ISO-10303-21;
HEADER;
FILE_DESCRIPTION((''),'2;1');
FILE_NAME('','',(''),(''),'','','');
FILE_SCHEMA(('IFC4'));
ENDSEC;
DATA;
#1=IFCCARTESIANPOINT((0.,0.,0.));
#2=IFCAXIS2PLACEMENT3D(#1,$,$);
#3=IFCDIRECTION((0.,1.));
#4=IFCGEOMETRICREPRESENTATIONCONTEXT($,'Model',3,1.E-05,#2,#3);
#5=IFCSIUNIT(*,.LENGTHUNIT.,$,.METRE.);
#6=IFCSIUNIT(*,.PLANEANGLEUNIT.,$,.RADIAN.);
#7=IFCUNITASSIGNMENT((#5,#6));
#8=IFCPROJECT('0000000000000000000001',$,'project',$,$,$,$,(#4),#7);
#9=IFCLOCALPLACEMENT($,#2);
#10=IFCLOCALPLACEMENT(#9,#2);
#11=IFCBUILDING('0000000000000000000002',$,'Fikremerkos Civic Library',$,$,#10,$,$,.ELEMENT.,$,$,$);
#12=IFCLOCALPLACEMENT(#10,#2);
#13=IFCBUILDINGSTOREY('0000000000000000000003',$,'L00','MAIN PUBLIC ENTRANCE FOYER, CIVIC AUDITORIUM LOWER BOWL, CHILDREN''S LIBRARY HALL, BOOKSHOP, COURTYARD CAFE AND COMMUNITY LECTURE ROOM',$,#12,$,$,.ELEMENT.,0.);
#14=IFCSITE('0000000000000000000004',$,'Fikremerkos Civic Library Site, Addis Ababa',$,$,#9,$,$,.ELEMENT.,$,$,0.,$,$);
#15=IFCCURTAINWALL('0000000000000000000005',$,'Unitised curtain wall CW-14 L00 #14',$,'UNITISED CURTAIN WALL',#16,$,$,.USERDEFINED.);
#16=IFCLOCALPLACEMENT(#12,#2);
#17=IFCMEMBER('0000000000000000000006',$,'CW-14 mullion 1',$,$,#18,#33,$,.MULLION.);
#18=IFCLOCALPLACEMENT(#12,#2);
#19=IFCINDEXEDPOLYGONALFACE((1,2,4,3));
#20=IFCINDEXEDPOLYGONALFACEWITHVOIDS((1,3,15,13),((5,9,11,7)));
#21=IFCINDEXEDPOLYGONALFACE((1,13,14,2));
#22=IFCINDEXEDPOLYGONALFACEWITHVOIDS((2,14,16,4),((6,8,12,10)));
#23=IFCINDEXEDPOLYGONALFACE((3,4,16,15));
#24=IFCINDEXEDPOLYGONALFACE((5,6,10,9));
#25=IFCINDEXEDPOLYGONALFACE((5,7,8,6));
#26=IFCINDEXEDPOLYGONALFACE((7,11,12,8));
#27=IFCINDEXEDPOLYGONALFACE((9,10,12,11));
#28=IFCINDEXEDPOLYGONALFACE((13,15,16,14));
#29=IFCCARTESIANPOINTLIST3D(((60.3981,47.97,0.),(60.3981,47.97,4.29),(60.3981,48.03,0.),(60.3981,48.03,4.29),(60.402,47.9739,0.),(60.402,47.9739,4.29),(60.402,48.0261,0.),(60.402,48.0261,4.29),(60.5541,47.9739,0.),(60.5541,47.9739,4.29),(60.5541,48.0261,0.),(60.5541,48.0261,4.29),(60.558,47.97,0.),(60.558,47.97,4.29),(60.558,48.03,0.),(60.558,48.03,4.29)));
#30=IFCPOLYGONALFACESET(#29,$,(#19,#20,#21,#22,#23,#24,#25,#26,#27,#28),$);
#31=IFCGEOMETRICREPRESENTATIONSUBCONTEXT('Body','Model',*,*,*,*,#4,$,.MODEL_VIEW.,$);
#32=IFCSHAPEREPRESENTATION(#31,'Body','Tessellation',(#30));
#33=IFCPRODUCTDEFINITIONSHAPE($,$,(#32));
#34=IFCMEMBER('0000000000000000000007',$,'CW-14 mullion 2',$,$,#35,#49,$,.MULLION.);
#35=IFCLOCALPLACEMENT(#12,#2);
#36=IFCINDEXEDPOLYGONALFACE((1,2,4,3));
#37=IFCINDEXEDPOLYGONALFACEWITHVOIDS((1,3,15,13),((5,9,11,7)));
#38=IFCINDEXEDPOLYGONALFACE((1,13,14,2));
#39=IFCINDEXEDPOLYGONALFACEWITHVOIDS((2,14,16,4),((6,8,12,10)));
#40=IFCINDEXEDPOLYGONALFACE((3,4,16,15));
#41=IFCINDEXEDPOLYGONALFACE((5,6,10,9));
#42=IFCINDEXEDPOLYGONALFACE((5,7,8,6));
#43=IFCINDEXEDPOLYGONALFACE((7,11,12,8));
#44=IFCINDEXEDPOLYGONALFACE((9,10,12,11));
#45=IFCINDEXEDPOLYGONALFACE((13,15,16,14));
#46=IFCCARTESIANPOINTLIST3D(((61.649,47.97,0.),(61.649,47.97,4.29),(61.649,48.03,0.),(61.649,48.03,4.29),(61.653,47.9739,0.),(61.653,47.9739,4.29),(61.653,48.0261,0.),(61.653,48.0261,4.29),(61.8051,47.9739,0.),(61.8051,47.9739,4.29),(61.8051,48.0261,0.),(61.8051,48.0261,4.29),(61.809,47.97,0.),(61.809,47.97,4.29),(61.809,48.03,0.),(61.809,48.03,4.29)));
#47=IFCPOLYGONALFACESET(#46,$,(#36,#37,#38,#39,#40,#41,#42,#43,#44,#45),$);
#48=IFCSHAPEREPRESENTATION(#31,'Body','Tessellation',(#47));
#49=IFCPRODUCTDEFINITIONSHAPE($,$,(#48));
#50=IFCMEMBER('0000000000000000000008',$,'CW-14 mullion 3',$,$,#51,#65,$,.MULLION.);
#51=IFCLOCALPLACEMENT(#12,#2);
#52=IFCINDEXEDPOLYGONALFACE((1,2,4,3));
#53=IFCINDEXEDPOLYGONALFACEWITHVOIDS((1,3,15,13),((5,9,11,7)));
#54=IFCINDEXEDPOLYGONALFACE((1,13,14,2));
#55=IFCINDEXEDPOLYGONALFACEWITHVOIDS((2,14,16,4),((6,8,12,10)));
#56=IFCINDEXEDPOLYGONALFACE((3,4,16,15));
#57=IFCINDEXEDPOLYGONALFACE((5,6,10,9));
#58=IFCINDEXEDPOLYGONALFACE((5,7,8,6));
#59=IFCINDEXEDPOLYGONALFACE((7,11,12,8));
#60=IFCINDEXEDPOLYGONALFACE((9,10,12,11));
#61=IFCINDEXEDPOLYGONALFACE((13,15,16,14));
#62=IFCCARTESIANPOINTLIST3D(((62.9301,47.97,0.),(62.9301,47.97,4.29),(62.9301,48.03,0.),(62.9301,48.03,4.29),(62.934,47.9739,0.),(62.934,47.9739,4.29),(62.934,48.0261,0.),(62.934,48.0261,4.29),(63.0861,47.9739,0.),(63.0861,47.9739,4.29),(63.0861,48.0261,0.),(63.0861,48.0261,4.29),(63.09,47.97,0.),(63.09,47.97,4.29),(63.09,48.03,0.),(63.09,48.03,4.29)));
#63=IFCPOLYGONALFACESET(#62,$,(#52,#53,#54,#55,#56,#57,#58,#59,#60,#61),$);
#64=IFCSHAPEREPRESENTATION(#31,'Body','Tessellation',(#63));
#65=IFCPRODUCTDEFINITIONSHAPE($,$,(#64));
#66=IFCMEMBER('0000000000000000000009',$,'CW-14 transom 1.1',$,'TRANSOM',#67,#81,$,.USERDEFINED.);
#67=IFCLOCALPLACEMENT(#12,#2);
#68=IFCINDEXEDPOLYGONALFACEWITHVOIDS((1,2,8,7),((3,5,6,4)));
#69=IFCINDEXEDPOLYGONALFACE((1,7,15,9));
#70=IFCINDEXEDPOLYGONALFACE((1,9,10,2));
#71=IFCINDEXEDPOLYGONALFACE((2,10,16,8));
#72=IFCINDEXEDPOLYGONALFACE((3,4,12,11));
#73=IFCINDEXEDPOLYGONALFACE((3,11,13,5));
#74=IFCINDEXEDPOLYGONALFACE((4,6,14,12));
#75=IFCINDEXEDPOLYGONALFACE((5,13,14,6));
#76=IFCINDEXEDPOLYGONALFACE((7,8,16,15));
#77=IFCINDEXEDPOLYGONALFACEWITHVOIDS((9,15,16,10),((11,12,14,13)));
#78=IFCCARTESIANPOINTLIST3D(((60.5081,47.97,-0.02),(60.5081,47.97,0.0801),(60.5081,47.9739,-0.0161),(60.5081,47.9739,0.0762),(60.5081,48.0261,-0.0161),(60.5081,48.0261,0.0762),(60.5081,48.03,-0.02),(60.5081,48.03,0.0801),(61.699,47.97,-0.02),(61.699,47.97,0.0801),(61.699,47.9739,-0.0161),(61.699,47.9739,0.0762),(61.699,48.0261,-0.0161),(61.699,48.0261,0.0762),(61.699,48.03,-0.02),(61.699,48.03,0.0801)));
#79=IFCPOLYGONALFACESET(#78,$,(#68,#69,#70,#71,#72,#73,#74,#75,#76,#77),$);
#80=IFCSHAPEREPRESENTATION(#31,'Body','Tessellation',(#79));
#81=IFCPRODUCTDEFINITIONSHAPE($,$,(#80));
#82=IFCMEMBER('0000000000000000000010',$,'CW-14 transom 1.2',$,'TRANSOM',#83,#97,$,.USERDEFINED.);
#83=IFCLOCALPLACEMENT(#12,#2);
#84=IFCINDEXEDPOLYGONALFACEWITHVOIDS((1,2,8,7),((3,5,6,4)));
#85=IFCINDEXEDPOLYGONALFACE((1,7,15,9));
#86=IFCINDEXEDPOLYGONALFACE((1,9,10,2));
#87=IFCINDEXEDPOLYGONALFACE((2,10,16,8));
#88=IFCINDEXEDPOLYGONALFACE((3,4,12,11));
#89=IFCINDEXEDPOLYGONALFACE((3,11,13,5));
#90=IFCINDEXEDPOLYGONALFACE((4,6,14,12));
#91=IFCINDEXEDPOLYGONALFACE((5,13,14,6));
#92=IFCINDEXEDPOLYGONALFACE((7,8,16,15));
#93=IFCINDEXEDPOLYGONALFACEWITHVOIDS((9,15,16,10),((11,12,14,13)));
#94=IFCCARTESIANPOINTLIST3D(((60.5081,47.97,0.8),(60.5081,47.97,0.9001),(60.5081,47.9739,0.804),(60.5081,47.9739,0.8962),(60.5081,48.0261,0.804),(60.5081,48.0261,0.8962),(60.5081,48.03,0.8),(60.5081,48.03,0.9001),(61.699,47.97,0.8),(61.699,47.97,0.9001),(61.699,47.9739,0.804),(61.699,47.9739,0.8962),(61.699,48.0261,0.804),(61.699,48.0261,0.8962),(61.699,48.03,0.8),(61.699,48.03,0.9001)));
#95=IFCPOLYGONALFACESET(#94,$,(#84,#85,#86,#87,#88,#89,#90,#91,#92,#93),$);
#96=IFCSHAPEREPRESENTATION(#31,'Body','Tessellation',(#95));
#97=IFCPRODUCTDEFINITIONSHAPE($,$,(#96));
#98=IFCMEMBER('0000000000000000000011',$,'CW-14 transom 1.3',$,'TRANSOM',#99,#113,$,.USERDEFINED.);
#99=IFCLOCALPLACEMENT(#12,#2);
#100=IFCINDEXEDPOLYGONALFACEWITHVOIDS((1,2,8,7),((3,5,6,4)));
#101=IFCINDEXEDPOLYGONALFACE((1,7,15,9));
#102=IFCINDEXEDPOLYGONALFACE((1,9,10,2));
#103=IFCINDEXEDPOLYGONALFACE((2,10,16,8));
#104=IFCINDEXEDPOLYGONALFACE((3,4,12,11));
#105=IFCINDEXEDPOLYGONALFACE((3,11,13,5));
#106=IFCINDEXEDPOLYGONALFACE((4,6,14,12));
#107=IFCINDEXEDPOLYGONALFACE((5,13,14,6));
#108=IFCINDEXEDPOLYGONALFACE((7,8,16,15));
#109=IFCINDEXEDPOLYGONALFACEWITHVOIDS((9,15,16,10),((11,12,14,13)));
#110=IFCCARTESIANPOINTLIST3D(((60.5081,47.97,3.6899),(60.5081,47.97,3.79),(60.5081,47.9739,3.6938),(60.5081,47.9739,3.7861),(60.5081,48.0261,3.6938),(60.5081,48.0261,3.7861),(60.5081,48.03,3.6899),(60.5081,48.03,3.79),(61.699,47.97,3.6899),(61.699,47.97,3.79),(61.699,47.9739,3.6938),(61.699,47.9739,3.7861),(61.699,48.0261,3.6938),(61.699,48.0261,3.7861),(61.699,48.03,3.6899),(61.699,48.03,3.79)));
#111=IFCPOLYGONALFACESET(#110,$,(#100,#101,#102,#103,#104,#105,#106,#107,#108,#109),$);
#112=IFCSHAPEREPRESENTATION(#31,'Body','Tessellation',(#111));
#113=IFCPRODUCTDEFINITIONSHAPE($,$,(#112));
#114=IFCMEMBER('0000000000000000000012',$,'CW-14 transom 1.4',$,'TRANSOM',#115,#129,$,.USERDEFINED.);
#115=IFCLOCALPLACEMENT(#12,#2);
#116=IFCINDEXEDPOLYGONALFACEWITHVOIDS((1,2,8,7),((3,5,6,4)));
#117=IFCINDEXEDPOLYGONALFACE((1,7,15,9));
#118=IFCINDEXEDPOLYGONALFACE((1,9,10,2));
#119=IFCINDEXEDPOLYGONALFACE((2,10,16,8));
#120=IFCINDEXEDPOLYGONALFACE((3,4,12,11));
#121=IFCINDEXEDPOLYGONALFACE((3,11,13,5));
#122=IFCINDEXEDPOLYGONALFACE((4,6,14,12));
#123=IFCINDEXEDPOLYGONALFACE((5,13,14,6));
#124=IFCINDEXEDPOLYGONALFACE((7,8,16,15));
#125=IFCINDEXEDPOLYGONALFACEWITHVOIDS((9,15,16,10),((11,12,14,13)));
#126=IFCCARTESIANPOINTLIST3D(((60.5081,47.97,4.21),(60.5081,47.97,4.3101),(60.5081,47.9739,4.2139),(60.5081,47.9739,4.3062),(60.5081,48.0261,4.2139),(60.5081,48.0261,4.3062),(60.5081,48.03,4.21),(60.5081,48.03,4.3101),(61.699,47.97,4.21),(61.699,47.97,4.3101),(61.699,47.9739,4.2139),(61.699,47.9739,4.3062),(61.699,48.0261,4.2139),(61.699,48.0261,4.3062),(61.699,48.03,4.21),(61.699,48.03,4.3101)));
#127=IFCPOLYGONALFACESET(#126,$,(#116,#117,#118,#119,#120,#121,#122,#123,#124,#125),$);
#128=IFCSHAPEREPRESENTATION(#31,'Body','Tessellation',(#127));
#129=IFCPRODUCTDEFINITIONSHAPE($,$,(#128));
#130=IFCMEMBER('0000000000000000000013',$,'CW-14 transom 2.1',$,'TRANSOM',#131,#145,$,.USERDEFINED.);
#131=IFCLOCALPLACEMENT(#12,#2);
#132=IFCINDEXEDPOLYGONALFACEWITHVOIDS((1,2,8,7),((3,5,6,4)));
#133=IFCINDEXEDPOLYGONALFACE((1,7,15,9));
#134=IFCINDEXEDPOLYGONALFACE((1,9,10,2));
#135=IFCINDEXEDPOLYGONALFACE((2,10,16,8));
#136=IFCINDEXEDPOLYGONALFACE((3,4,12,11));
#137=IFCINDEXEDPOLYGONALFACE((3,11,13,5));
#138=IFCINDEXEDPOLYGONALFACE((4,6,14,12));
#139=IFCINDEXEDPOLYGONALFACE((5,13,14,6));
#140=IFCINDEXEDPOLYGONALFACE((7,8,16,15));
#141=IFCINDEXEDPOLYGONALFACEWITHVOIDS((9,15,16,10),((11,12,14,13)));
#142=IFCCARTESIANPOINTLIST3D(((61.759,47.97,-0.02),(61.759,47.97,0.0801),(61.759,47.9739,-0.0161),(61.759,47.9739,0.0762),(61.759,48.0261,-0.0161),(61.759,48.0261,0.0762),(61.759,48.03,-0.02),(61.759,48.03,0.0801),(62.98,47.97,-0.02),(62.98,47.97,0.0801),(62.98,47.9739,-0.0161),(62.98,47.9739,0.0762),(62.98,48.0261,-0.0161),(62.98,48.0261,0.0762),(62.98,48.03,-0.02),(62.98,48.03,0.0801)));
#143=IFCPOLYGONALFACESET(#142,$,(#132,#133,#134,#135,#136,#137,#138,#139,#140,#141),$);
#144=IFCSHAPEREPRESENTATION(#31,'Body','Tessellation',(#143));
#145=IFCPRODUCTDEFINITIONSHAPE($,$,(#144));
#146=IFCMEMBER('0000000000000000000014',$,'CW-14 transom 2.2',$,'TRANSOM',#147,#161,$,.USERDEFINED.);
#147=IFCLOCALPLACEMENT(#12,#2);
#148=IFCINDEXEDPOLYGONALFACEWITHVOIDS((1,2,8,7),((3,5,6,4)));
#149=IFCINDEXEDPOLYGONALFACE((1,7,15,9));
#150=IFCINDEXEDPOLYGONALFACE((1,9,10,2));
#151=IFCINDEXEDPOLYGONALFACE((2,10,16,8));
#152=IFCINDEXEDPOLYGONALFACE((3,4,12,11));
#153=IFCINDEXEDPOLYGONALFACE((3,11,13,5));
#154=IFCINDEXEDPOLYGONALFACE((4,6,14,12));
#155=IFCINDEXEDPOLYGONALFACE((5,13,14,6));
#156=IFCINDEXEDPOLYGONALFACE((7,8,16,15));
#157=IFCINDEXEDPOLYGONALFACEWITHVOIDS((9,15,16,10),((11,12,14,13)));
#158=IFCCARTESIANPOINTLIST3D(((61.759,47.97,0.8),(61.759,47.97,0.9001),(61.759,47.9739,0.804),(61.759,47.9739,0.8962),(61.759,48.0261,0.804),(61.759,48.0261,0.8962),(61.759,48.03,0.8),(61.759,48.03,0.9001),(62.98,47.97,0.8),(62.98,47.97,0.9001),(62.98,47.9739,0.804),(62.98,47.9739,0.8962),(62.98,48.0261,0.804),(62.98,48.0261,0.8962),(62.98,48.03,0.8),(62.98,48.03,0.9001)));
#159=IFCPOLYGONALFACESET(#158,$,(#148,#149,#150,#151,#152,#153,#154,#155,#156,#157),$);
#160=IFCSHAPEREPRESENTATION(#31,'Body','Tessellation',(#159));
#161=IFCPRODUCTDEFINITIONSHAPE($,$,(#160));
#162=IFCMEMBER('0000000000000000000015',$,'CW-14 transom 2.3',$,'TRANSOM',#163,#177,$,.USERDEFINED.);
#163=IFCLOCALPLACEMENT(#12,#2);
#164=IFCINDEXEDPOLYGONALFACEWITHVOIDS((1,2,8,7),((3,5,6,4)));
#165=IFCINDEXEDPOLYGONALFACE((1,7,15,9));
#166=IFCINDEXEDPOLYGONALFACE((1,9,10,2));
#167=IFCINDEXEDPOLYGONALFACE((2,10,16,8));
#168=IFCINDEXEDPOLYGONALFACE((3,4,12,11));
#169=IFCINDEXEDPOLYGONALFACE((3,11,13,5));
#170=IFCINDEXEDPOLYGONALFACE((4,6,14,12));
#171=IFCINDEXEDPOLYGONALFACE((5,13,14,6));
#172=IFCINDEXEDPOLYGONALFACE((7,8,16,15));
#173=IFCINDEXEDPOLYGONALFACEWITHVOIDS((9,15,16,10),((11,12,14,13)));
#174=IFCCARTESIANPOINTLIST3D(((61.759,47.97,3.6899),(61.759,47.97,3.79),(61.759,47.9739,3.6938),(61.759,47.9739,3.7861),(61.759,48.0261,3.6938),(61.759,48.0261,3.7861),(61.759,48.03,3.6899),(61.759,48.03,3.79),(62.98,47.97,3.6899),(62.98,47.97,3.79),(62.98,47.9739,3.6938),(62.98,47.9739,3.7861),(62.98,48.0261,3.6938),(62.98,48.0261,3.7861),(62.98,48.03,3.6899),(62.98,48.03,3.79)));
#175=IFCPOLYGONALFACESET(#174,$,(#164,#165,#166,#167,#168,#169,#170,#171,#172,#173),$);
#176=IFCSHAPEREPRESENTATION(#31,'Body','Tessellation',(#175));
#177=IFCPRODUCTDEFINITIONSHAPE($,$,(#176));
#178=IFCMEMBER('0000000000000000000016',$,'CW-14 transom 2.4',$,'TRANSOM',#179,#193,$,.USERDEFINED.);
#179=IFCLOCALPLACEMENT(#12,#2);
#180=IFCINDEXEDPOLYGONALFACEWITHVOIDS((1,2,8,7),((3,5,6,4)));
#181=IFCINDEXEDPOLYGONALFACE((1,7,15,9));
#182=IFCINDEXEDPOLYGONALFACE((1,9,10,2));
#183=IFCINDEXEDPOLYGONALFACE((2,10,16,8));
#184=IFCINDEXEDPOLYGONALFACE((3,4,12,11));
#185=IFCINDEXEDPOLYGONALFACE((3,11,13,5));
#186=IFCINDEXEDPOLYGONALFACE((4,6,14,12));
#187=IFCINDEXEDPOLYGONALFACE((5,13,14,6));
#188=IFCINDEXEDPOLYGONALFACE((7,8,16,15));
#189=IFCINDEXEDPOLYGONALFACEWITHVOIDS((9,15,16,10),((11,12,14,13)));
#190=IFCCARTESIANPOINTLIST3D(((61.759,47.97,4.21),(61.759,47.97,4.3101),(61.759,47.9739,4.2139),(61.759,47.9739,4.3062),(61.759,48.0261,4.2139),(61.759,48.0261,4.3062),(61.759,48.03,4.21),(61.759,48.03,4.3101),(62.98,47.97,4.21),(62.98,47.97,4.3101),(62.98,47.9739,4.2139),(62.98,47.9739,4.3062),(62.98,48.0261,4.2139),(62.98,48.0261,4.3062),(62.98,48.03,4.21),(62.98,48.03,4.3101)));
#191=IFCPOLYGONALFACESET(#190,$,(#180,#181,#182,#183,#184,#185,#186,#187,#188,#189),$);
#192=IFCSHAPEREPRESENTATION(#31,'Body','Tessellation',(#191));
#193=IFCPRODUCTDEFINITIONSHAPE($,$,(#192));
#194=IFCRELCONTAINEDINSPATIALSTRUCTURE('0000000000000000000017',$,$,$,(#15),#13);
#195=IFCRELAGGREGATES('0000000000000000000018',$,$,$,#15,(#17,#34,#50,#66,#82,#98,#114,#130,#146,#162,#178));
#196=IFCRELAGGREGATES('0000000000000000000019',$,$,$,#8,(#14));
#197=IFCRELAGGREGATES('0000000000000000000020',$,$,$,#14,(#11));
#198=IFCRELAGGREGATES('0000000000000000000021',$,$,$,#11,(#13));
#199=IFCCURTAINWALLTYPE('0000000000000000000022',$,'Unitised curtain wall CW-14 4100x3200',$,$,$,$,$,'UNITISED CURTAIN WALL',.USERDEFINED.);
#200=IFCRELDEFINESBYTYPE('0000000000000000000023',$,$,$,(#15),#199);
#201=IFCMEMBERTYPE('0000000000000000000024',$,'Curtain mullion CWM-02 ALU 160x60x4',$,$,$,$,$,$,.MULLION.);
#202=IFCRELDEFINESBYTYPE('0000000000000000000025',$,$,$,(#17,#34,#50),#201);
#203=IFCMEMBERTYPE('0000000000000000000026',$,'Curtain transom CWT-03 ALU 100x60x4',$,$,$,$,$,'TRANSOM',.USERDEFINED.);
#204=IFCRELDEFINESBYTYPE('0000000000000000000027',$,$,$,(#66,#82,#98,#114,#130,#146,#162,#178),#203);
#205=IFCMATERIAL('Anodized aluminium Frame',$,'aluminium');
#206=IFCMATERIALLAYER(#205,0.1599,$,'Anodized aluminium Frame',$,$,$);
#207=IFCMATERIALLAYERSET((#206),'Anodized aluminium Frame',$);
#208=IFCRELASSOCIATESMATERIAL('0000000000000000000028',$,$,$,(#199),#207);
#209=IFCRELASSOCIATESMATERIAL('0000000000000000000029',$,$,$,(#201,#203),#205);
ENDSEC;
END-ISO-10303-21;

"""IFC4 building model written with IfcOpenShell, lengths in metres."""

from ifc_helpers import new_model, si_unit, direction, frame, origin, origin_2d, place, context, subcontext, project, spatial, hollow_rectangle, extrude, material, layer, layer_set, material_profile, profile_set, type_object, element, aggregate, save


model = new_model("IFC4")

# Units and contexts
model_context = context("Model", 3, precision=1e-05, world=origin(), true_north=direction((0.0, 1.0)))
body_context = subcontext(model_context, "Body", "Model", "MODEL_VIEW")
ifc_project = project(units=[si_unit("LENGTHUNIT", "METRE"), si_unit("PLANEANGLEUNIT", "RADIAN")], contexts=[model_context])

# Site, building, storey
site_placement = place(None, origin())
site = spatial("IfcSite", under=ifc_project, at=site_placement, Name="Fikremerkos Civic Library Site, Addis Ababa", CompositionType="ELEMENT", RefElevation=0.0)
building_placement = place(site_placement, origin())
building = spatial("IfcBuilding", under=site, at=building_placement, Name="Fikremerkos Civic Library", CompositionType="ELEMENT")
storey_placement = place(building_placement, origin())
storey = spatial("IfcBuildingStorey", under=building, at=storey_placement, Name="L00", Description="MAIN PUBLIC ENTRANCE FOYER, CIVIC AUDITORIUM LOWER BOWL, CHILDREN'S LIBRARY HALL, BOOKSHOP, COURTYARD CAFE AND COMMUNITY LECTURE ROOM", CompositionType="ELEMENT", Elevation=0.0)

# Curtain wall, members
ifc_material_1 = material(Name="Anodized aluminium Frame", Category="aluminium")
ifc_layer_1 = layer(ifc_material_1, 0.1599, Name="Anodized aluminium Frame")
ifc_layer_set_1 = layer_set([ifc_layer_1], Name="Anodized aluminium Frame")
curtain_wall_type = type_object("IfcCurtainWallType", Name="Unitised curtain wall CW-14 4100x3200", ElementType="UNITISED CURTAIN WALL", PredefinedType="USERDEFINED", material=ifc_layer_set_1)
curtain_wall_placement = place(storey_placement, origin())
curtain_wall = element("IfcCurtainWall", 1, at=curtain_wall_placement, inside=storey, type_object=curtain_wall_type, Name="Unitised curtain wall CW-14 L00 #14", ObjectType="UNITISED CURTAIN WALL", PredefinedType="USERDEFINED")
ifc_material_profile_1 = material_profile(ifc_material_1, hollow_rectangle(XDim=0.0601, YDim=0.1599, WallThickness=0.0039, at=origin_2d()), Name="ALU 160x60x4")
ifc_profile_set_1 = profile_set([ifc_material_profile_1], Name="Anodized aluminium Frame")
member_type_1 = type_object("IfcMemberType", Name="Curtain mullion CWM-02 ALU 160x60x4", PredefinedType="MULLION", material=ifc_profile_set_1)
member_1_placement = place(storey_placement, frame((60.478, 48.0, 0.0), z_axis=(0.0, 0.0, 1.0), x_axis=(0.0, 1.0, 0.0)))
member_1 = element("IfcMember", 2, at=member_1_placement, type_object=member_type_1, Name="CW-14 mullion 1", PredefinedType="MULLION", context=body_context, shape_type="SweptSolid", body=[
    extrude(hollow_rectangle(XDim=0.0601, YDim=0.1599, WallThickness=0.0039, at=origin_2d()), origin(), (0.0, 0.0, 1.0), 4.29),
])
member_2_placement = place(storey_placement, frame((61.729, 48.0, 0.0), z_axis=(0.0, 0.0, 1.0), x_axis=(0.0, 1.0, 0.0)))
member_2 = element("IfcMember", 3, at=member_2_placement, type_object=member_type_1, Name="CW-14 mullion 2", PredefinedType="MULLION", context=body_context, shape_type="SweptSolid", body=[
    extrude(hollow_rectangle(XDim=0.0601, YDim=0.1599, WallThickness=0.0039, at=origin_2d()), origin(), (0.0, 0.0, 1.0), 4.29),
])
member_3_placement = place(storey_placement, frame((63.01, 48.0, 0.0), z_axis=(0.0, 0.0, 1.0), x_axis=(0.0, 1.0, 0.0)))
member_3 = element("IfcMember", 4, at=member_3_placement, type_object=member_type_1, Name="CW-14 mullion 3", PredefinedType="MULLION", context=body_context, shape_type="SweptSolid", body=[
    extrude(hollow_rectangle(XDim=0.0601, YDim=0.1599, WallThickness=0.0039, at=origin_2d()), origin(), (0.0, 0.0, 1.0), 4.29),
])
ifc_material_profile_2 = material_profile(ifc_material_1, hollow_rectangle(XDim=0.0601, YDim=0.1001, WallThickness=0.0039, at=origin_2d()), Name="ALU 100x60x4")
ifc_profile_set_2 = profile_set([ifc_material_profile_2], Name="Anodized aluminium Frame")
member_type_2 = type_object("IfcMemberType", Name="Curtain transom CWT-03 ALU 100x60x4", ElementType="TRANSOM", PredefinedType="USERDEFINED", material=ifc_profile_set_2)
member_4_placement = place(storey_placement, frame((60.5081, 48.0, 0.03), z_axis=(1.0, 0.0, 0.0), x_axis=(0.0, 1.0, 0.0)))
member_4 = element("IfcMember", 5, at=member_4_placement, type_object=member_type_2, Name="CW-14 transom 1.1", ObjectType="TRANSOM", PredefinedType="USERDEFINED", context=body_context, shape_type="SweptSolid", body=[
    extrude(hollow_rectangle(XDim=0.0601, YDim=0.1001, WallThickness=0.0039, at=origin_2d()), origin(), (0.0, 0.0, 1.0), 1.1909),
])
member_5_placement = place(storey_placement, frame((60.5081, 48.0, 0.8501), z_axis=(1.0, 0.0, 0.0), x_axis=(0.0, 1.0, 0.0)))
member_5 = element("IfcMember", 6, at=member_5_placement, type_object=member_type_2, Name="CW-14 transom 1.2", ObjectType="TRANSOM", PredefinedType="USERDEFINED", context=body_context, shape_type="SweptSolid", body=[
    extrude(hollow_rectangle(XDim=0.0601, YDim=0.1001, WallThickness=0.0039, at=origin_2d()), origin(), (0.0, 0.0, 1.0), 1.1909),
])
member_6_placement = place(storey_placement, frame((60.5081, 48.0, 3.74), z_axis=(1.0, 0.0, 0.0), x_axis=(0.0, 1.0, 0.0)))
member_6 = element("IfcMember", 7, at=member_6_placement, type_object=member_type_2, Name="CW-14 transom 1.3", ObjectType="TRANSOM", PredefinedType="USERDEFINED", context=body_context, shape_type="SweptSolid", body=[
    extrude(hollow_rectangle(XDim=0.0601, YDim=0.1001, WallThickness=0.0039, at=origin_2d()), origin(), (0.0, 0.0, 1.0), 1.1909),
])
member_7_placement = place(storey_placement, frame((60.5081, 48.0, 4.26), z_axis=(1.0, 0.0, 0.0), x_axis=(0.0, 1.0, 0.0)))
member_7 = element("IfcMember", 8, at=member_7_placement, type_object=member_type_2, Name="CW-14 transom 1.4", ObjectType="TRANSOM", PredefinedType="USERDEFINED", context=body_context, shape_type="SweptSolid", body=[
    extrude(hollow_rectangle(XDim=0.0601, YDim=0.1001, WallThickness=0.0039, at=origin_2d()), origin(), (0.0, 0.0, 1.0), 1.1909),
])
member_8_placement = place(storey_placement, frame((61.759, 48.0, 0.03), z_axis=(1.0, 0.0, 0.0), x_axis=(0.0, 1.0, 0.0)))
member_8 = element("IfcMember", 9, at=member_8_placement, type_object=member_type_2, Name="CW-14 transom 2.1", ObjectType="TRANSOM", PredefinedType="USERDEFINED", context=body_context, shape_type="SweptSolid", body=[
    extrude(hollow_rectangle(XDim=0.0601, YDim=0.1001, WallThickness=0.0039, at=origin_2d()), origin(), (0.0, 0.0, 1.0), 1.2209),
])
member_9_placement = place(storey_placement, frame((61.759, 48.0, 0.8501), z_axis=(1.0, 0.0, 0.0), x_axis=(0.0, 1.0, 0.0)))
member_9 = element("IfcMember", 10, at=member_9_placement, type_object=member_type_2, Name="CW-14 transom 2.2", ObjectType="TRANSOM", PredefinedType="USERDEFINED", context=body_context, shape_type="SweptSolid", body=[
    extrude(hollow_rectangle(XDim=0.0601, YDim=0.1001, WallThickness=0.0039, at=origin_2d()), origin(), (0.0, 0.0, 1.0), 1.2209),
])
member_10_placement = place(storey_placement, frame((61.759, 48.0, 3.74), z_axis=(1.0, 0.0, 0.0), x_axis=(0.0, 1.0, 0.0)))
member_10 = element("IfcMember", 11, at=member_10_placement, type_object=member_type_2, Name="CW-14 transom 2.3", ObjectType="TRANSOM", PredefinedType="USERDEFINED", context=body_context, shape_type="SweptSolid", body=[
    extrude(hollow_rectangle(XDim=0.0601, YDim=0.1001, WallThickness=0.0039, at=origin_2d()), origin(), (0.0, 0.0, 1.0), 1.2209),
])
member_11_placement = place(storey_placement, frame((61.759, 48.0, 4.26), z_axis=(1.0, 0.0, 0.0), x_axis=(0.0, 1.0, 0.0)))
member_11 = element("IfcMember", 12, at=member_11_placement, type_object=member_type_2, Name="CW-14 transom 2.4", ObjectType="TRANSOM", PredefinedType="USERDEFINED", context=body_context, shape_type="SweptSolid", body=[
    extrude(hollow_rectangle(XDim=0.0601, YDim=0.1001, WallThickness=0.0039, at=origin_2d()), origin(), (0.0, 0.0, 1.0), 1.2209),
])
aggregate(curtain_wall, [member_1, member_2, member_3, member_4, member_5, member_6, member_7, member_8, member_9, member_10, member_11])

save(model, "model.ifc")
